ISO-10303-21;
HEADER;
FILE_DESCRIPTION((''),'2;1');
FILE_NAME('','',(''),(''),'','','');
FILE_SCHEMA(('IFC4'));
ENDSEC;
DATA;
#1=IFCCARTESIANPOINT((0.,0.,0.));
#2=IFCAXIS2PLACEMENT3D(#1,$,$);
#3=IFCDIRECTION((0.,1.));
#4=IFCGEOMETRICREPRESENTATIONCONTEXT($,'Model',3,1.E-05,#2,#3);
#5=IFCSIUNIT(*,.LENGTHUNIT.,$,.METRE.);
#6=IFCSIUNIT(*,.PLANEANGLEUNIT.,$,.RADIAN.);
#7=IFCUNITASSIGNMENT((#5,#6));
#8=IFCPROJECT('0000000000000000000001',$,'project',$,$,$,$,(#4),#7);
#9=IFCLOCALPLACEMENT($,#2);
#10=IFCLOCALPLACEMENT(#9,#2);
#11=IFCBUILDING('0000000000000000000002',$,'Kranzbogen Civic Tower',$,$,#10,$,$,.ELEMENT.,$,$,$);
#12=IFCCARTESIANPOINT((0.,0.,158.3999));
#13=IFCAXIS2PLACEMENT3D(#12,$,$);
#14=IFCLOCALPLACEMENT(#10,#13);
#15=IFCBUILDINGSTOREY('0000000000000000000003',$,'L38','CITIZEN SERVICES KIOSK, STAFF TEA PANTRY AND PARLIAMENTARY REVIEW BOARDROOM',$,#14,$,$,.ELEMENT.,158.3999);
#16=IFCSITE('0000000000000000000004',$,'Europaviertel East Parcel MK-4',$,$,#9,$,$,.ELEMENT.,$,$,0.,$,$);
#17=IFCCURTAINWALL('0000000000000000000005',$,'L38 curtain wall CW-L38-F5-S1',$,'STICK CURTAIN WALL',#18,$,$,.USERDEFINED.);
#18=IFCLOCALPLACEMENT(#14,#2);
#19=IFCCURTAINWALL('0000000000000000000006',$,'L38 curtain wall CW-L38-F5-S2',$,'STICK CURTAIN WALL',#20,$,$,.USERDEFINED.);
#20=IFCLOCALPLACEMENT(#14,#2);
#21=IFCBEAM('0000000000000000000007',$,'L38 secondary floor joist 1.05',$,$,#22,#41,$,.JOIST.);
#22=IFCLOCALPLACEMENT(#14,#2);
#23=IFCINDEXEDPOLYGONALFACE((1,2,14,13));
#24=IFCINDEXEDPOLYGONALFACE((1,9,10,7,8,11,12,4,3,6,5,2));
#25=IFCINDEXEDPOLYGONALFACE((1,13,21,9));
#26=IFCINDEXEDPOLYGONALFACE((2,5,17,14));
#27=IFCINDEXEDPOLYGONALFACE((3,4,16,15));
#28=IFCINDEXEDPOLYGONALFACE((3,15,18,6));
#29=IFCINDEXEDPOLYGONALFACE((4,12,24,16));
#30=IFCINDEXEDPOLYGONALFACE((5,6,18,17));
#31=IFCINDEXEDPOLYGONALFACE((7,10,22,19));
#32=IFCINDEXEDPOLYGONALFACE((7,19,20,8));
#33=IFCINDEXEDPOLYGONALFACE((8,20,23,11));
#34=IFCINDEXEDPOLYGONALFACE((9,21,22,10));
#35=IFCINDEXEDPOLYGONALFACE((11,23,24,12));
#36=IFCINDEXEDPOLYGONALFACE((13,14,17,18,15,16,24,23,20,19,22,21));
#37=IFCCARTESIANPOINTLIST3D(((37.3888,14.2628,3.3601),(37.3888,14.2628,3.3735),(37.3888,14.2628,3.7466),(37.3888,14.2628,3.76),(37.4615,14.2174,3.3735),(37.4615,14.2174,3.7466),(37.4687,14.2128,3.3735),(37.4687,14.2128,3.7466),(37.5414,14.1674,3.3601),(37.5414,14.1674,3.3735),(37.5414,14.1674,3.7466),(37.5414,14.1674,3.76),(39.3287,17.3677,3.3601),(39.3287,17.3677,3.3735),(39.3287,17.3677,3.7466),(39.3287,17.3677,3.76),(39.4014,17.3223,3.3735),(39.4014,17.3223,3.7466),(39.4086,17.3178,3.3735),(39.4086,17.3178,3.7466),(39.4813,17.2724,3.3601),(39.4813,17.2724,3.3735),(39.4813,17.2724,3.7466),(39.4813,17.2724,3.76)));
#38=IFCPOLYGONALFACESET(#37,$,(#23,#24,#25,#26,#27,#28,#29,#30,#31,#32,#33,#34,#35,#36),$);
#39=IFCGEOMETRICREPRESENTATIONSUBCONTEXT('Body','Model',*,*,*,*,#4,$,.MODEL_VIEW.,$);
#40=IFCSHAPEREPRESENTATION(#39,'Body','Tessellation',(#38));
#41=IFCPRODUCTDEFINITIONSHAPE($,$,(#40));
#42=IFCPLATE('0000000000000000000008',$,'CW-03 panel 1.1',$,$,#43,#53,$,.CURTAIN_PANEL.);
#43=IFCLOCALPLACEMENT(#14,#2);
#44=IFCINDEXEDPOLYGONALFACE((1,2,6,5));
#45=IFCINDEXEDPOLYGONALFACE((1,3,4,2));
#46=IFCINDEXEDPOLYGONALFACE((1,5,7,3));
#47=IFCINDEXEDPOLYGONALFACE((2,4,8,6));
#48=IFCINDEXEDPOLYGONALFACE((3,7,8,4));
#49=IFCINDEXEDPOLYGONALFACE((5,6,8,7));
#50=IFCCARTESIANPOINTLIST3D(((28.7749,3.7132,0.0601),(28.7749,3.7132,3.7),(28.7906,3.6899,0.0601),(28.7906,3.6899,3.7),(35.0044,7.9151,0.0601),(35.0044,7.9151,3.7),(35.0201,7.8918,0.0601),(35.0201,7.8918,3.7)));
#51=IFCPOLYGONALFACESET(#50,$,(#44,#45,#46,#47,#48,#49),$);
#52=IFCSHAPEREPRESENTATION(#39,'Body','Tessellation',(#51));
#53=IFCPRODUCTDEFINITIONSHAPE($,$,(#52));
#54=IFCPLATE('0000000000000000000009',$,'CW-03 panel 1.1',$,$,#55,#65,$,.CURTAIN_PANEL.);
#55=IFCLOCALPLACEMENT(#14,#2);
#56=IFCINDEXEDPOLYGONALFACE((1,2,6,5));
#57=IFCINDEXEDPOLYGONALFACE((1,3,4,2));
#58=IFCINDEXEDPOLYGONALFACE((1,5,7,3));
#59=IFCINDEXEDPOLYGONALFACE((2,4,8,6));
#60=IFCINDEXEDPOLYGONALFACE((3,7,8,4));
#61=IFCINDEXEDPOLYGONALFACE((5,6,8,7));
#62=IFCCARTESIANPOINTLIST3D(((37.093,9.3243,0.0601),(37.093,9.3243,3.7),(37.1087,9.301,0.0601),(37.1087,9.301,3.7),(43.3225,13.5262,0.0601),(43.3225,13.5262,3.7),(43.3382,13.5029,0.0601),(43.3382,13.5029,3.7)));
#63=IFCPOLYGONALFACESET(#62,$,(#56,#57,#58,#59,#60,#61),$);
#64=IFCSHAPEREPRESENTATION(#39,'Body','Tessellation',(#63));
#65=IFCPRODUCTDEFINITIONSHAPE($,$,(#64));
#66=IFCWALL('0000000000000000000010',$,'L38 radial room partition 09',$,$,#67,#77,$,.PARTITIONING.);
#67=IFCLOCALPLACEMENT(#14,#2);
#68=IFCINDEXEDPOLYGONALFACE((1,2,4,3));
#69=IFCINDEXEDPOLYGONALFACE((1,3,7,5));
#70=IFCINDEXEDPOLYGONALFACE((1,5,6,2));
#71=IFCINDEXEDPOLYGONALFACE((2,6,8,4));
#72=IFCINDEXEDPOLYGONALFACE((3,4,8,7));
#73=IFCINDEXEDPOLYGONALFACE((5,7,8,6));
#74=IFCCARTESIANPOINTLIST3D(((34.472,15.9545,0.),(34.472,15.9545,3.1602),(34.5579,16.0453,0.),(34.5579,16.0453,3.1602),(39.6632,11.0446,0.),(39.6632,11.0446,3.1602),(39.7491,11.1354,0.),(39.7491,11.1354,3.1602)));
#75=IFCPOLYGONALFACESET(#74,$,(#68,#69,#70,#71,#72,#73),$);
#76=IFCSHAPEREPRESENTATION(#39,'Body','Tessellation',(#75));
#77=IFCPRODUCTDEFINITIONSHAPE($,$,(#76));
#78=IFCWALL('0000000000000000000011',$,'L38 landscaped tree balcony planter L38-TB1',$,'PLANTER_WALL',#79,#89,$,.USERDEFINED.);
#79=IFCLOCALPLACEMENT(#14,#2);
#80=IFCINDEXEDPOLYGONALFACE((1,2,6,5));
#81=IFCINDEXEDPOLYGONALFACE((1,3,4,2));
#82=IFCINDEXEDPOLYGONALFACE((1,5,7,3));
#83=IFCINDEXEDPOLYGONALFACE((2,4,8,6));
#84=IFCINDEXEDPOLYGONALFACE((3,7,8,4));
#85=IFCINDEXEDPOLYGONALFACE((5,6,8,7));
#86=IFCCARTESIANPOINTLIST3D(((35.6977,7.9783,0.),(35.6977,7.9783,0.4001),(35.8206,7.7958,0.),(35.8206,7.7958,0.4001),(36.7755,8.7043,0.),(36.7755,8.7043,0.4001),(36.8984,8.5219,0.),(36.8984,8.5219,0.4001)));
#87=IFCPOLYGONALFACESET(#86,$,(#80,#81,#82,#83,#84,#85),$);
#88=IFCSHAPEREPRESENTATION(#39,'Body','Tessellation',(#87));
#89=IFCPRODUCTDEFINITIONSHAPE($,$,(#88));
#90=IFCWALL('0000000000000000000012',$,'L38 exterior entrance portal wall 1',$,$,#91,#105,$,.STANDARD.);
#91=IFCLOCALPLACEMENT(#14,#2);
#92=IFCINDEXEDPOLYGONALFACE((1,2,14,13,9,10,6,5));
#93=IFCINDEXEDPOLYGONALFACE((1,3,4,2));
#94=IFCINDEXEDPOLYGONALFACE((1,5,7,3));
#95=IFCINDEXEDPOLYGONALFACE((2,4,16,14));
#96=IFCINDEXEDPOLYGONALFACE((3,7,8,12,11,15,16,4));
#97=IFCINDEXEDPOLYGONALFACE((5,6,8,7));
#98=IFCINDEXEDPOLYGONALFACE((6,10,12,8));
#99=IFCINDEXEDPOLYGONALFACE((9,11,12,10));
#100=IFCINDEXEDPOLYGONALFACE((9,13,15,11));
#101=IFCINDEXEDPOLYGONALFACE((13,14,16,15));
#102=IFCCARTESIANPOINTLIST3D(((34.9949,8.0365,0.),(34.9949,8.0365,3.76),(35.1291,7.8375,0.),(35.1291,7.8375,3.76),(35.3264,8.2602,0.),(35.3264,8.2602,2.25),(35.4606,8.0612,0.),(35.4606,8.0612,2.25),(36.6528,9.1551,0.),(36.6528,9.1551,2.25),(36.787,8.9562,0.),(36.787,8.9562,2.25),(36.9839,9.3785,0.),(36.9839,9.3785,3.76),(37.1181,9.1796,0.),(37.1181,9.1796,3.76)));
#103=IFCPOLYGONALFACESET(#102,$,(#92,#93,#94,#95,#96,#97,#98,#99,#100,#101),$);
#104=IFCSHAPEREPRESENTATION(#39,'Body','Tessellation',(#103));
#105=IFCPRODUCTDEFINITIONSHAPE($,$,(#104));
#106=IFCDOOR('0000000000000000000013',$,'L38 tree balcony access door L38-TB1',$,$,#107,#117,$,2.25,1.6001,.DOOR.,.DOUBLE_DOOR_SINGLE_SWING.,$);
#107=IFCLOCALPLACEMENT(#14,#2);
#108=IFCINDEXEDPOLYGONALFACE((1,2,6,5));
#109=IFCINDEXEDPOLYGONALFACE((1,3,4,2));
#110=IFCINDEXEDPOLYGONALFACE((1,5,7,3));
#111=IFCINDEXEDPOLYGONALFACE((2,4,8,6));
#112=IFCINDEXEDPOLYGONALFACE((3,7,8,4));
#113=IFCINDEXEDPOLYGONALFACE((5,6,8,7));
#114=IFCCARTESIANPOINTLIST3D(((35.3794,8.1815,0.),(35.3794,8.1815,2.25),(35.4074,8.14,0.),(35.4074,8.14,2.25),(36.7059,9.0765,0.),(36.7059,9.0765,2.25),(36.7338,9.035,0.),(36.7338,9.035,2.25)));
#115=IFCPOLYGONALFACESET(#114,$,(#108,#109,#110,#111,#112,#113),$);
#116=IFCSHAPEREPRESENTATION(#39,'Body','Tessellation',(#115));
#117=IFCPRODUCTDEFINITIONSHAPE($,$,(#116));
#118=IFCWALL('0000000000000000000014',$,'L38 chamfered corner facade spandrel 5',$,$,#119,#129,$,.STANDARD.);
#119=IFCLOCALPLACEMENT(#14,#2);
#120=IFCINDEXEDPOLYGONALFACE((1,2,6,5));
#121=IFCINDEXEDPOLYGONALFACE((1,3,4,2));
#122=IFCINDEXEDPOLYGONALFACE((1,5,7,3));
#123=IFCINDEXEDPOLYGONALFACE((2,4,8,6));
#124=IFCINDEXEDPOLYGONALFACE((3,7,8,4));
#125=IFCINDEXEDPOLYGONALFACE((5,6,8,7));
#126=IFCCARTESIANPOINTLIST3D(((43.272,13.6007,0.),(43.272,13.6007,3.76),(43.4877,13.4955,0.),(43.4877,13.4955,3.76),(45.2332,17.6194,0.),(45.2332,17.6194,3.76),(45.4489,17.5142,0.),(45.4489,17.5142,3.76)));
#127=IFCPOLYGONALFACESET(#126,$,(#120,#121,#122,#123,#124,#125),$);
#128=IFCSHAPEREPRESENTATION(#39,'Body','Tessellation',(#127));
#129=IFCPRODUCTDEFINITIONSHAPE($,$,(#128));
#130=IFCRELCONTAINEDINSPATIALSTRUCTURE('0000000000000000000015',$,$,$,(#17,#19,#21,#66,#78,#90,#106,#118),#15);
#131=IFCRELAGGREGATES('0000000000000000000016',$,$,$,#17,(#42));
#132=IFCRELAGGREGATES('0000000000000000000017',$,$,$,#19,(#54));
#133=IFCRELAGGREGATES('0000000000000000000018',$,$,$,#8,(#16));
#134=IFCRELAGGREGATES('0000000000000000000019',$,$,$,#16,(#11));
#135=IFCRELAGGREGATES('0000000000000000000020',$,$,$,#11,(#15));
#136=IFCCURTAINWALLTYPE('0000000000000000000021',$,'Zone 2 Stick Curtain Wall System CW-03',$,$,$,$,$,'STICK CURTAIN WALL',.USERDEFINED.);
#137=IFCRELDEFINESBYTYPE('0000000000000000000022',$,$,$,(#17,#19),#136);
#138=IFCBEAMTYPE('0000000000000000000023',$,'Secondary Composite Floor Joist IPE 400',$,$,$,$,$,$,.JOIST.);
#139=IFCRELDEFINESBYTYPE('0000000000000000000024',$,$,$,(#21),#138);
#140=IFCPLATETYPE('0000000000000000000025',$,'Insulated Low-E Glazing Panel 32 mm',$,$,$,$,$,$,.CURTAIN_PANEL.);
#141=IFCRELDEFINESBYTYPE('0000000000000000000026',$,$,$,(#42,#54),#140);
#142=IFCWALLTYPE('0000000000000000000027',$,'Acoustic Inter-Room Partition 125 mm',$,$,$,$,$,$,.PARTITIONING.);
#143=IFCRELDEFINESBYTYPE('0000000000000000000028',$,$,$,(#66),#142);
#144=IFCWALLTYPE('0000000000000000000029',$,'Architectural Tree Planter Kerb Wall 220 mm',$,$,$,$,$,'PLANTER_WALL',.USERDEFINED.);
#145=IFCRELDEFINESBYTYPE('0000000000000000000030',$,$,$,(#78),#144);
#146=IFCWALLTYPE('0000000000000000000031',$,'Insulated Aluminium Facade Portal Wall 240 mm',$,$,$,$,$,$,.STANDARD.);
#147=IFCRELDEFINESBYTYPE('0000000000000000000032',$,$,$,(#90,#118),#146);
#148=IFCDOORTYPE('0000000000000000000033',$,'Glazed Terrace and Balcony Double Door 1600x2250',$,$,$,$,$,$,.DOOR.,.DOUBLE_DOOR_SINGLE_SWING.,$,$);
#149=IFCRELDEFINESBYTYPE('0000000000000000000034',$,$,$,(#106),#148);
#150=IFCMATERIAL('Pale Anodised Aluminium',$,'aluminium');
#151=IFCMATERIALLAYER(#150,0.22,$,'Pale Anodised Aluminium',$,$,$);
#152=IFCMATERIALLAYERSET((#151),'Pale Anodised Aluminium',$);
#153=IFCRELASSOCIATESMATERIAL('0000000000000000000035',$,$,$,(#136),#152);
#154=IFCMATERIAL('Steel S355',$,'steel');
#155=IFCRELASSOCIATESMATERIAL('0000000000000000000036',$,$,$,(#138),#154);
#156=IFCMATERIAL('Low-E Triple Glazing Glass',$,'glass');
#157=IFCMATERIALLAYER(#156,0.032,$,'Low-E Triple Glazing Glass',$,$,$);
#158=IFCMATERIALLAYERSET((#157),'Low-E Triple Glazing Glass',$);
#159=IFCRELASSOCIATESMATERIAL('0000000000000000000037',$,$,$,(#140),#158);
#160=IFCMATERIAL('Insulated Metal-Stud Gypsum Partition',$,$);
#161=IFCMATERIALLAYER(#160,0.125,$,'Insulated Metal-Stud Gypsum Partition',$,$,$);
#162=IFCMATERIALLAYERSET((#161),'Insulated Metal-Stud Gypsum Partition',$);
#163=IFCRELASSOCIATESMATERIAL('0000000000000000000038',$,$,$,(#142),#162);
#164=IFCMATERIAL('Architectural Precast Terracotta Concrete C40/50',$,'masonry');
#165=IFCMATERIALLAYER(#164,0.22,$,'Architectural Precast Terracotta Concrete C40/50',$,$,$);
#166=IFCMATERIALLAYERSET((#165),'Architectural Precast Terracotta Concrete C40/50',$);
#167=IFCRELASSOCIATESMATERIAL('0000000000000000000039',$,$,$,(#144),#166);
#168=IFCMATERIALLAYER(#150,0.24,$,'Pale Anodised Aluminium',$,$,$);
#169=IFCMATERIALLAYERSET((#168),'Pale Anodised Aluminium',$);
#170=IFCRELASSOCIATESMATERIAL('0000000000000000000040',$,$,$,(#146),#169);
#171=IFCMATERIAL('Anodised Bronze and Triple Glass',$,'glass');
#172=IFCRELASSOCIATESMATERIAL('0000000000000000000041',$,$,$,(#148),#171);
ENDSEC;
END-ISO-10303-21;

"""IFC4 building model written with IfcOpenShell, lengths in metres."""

from ifc_helpers import new_model, si_unit, direction, frame, frame_2d, origin, origin_2d, place, context, subcontext, project, spatial, rectangle, i_section, extrude, material, layer, layer_set, material_profile, profile_set, type_object, element, fill, aggregate, save


model = new_model("IFC4")

# Units and contexts
model_context = context("Model", 3, precision=1e-05, world=origin(), true_north=direction((0.0, 1.0)))
body_context = subcontext(model_context, "Body", "Model", "MODEL_VIEW")
ifc_project = project(units=[si_unit("LENGTHUNIT", "METRE"), si_unit("PLANEANGLEUNIT", "RADIAN")], contexts=[model_context])

# Site, building, storey
site_placement = place(None, origin())
site = spatial("IfcSite", under=ifc_project, at=site_placement, Name="Europaviertel East Parcel MK-4", CompositionType="ELEMENT", RefElevation=0.0)
building_placement = place(site_placement, origin())
building = spatial("IfcBuilding", under=site, at=building_placement, Name="Kranzbogen Civic Tower", CompositionType="ELEMENT")
storey_placement = place(building_placement, frame((0.0, 0.0, 158.3999)))
storey = spatial("IfcBuildingStorey", under=building, at=storey_placement, Name="L38", Description="CITIZEN SERVICES KIOSK, STAFF TEA PANTRY AND PARLIAMENTARY REVIEW BOARDROOM", CompositionType="ELEMENT", Elevation=158.3999)

# Shared definitions
ifc_material_1 = material(Name="Steel S355", Category="steel")

# Curtain wall
ifc_material_2 = material(Name="Pale Anodised Aluminium", Category="aluminium")
ifc_layer_1 = layer(ifc_material_2, 0.22, Name="Pale Anodised Aluminium")
ifc_layer_set_1 = layer_set([ifc_layer_1], Name="Pale Anodised Aluminium")
curtain_wall_type = type_object("IfcCurtainWallType", Name="Zone 2 Stick Curtain Wall System CW-03", ElementType="STICK CURTAIN WALL", PredefinedType="USERDEFINED", material=ifc_layer_set_1)
curtain_wall_1_placement = place(storey_placement, origin())
curtain_wall_1 = element("IfcCurtainWall", 1, at=curtain_wall_1_placement, inside=storey, type_object=curtain_wall_type, Name="L38 curtain wall CW-L38-F5-S1", ObjectType="STICK CURTAIN WALL", PredefinedType="USERDEFINED")

# Curtain wall
curtain_wall_2_placement = place(storey_placement, origin())
curtain_wall_2 = element("IfcCurtainWall", 2, at=curtain_wall_2_placement, inside=storey, type_object=curtain_wall_type, Name="L38 curtain wall CW-L38-F5-S2", ObjectType="STICK CURTAIN WALL", PredefinedType="USERDEFINED")

# Beam
ifc_material_profile_1 = material_profile(ifc_material_1, i_section(OverallWidth=0.1799, OverallDepth=0.3999, WebThickness=0.0085, FlangeThickness=0.0134, at=origin_2d()), Name="IPE 400")
ifc_profile_set_1 = profile_set([ifc_material_profile_1], Name="Steel S355")
beam_type_1 = type_object("IfcBeamType", Name="Secondary Composite Floor Joist IPE 400", PredefinedType="JOIST", material=ifc_profile_set_1)
beam_1_placement = place(storey_placement, frame((37.4651, 14.2151, 3.5601), z_axis=(0.529867, 0.848081, 0.0), x_axis=(-0.848081, 0.529867, 0.0)))
element("IfcBeam", 3, at=beam_1_placement, inside=storey, type_object=beam_type_1, Name="L38 secondary floor joist 1.05", PredefinedType="JOIST", context=body_context, shape_type="SweptSolid", body=[
    extrude(i_section(OverallWidth=0.1799, OverallDepth=0.3999, WebThickness=0.0085, FlangeThickness=0.0134, at=origin_2d()), origin(), (0.0, 0.0, 1.0), 3.6611),
])

# Plates
ifc_material_3 = material(Name="Low-E Triple Glazing Glass", Category="glass")
ifc_layer_2 = layer(ifc_material_3, 0.032, Name="Low-E Triple Glazing Glass")
ifc_layer_set_2 = layer_set([ifc_layer_2], Name="Low-E Triple Glazing Glass")
plate_type = type_object("IfcPlateType", Name="Insulated Low-E Glazing Panel 32 mm", PredefinedType="CURTAIN_PANEL", material=ifc_layer_set_2)
plate_1_placement = place(storey_placement, frame((31.8975, 5.8025, 0.0601), z_axis=(0.0, 0.0, 1.0), x_axis=(0.829035, 0.559196, 0.0)))
plate_1 = element("IfcPlate", 4, at=plate_1_placement, type_object=plate_type, Name="CW-03 panel 1.1", PredefinedType="CURTAIN_PANEL", context=body_context, shape_type="SweptSolid", body=[
    extrude(rectangle(XDim=7.5142, YDim=0.0281, at=origin_2d()), origin(), (0.0, 0.0, 1.0), 3.6399),
])
aggregate(curtain_wall_1, [plate_1])
plate_2_placement = place(storey_placement, frame((40.2156, 11.4136, 0.0601), z_axis=(0.0, 0.0, 1.0), x_axis=(0.829035, 0.559196, 0.0)))
plate_2 = element("IfcPlate", 5, at=plate_2_placement, type_object=plate_type, Name="CW-03 panel 1.1", PredefinedType="CURTAIN_PANEL", context=body_context, shape_type="SweptSolid", body=[
    extrude(rectangle(XDim=7.5142, YDim=0.0281, at=origin_2d()), origin(), (0.0, 0.0, 1.0), 3.6399),
])
aggregate(curtain_wall_2, [plate_2])

# Walls
ifc_material_4 = material(Name="Insulated Metal-Stud Gypsum Partition")
ifc_layer_3 = layer(ifc_material_4, 0.125, Name="Insulated Metal-Stud Gypsum Partition")
ifc_layer_set_3 = layer_set([ifc_layer_3], Name="Insulated Metal-Stud Gypsum Partition")
wall_type_1 = type_object("IfcWallType", Name="Acoustic Inter-Room Partition 125 mm", PredefinedType="PARTITIONING", material=ifc_layer_set_3)
wall_1_placement = place(storey_placement, frame((34.5149, 16.0, 0.0), z_axis=(0.0, 0.0, 1.0), x_axis=(0.726514, -0.687152, 0.0)))
element("IfcWall", 6, at=wall_1_placement, inside=storey, type_object=wall_type_1, Name="L38 radial room partition 09", PredefinedType="PARTITIONING", context=body_context, shape_type="SweptSolid", body=[
    extrude(rectangle(XDim=7.1453, YDim=0.125, at=frame_2d((3.5728, 0.0))), origin(), (0.0, 0.0, 1.0), 3.1602),
])
ifc_material_5 = material(Name="Architectural Precast Terracotta Concrete C40/50", Category="masonry")
ifc_layer_4 = layer(ifc_material_5, 0.22, Name="Architectural Precast Terracotta Concrete C40/50")
ifc_layer_set_4 = layer_set([ifc_layer_4], Name="Architectural Precast Terracotta Concrete C40/50")
wall_type_2 = type_object("IfcWallType", Name="Architectural Tree Planter Kerb Wall 220 mm", ElementType="PLANTER_WALL", PredefinedType="USERDEFINED", material=ifc_layer_set_4)
wall_2_placement = place(storey_placement, frame((35.759, 7.887, 0.0), z_axis=(0.0, 0.0, 1.0), x_axis=(0.829382, 0.558682, 0.0)))
element("IfcWall", 7, at=wall_2_placement, inside=storey, type_object=wall_type_2, Name="L38 landscaped tree balcony planter L38-TB1", ObjectType="PLANTER_WALL", PredefinedType="USERDEFINED", context=body_context, shape_type="SweptSolid", body=[
    extrude(rectangle(XDim=1.2996, YDim=0.22, at=frame_2d((0.6499, 0.0))), origin(), (0.0, 0.0, 1.0), 0.4001),
])

# Wall, opening, door
ifc_layer_5 = layer(ifc_material_2, 0.24, Name="Pale Anodised Aluminium")
ifc_layer_set_5 = layer_set([ifc_layer_5], Name="Pale Anodised Aluminium")
wall_type_3 = type_object("IfcWallType", Name="Insulated Aluminium Facade Portal Wall 240 mm", PredefinedType="STANDARD", material=ifc_layer_set_5)
wall_3_placement = place(storey_placement, frame((35.062, 7.937, 0.0), z_axis=(0.0, 0.0, 1.0), x_axis=(0.828954, 0.559317, 0.0)))
wall_3 = element("IfcWall", 8, at=wall_3_placement, inside=storey, type_object=wall_type_3, Name="L38 exterior entrance portal wall 1", PredefinedType="STANDARD", context=body_context, shape_type="SweptSolid", body=[
    extrude(rectangle(XDim=2.3994, YDim=0.24, at=frame_2d((1.1997, 0.0))), origin(), (0.0, 0.0, 1.0), 3.76),
])
opening_placement = place(wall_3_placement, frame((0.3999, 0.0, 0.0)))
opening = element("IfcOpeningElement", 9, at=opening_placement, cuts=wall_3, PredefinedType="OPENING", context=body_context, shape_type="SweptSolid", body=[
    extrude(rectangle(XDim=1.6001, YDim=2.25, at=frame_2d((0.8, 1.125))), frame((0.0, 0.1299, 0.0), z_axis=(0.0, -1.0, 0.0), x_axis=(1.0, 0.0, 0.0)), (0.0, 0.0, 1.0), 0.26),
])
ifc_material_6 = material(Name="Anodised Bronze and Triple Glass", Category="glass")
door_type = type_object("IfcDoorType", Name="Glazed Terrace and Balcony Double Door 1600x2250", OperationType="DOUBLE_DOOR_SINGLE_SWING", PredefinedType="DOOR", material=ifc_material_6)
door_placement = place(opening_placement, frame((1.6001, 0.0, 0.0), z_axis=(0.0, 0.0, 1.0), x_axis=(-1.0, 0.0, 0.0)))
door = element("IfcDoor", 10, at=door_placement, inside=storey, type_object=door_type, Name="L38 tree balcony access door L38-TB1", OperationType="DOUBLE_DOOR_SINGLE_SWING", OverallHeight=2.25, OverallWidth=1.6001, PredefinedType="DOOR", context=body_context, shape_type="SweptSolid", body=[
    extrude(rectangle(XDim=1.6001, YDim=2.25, at=frame_2d((0.8, 1.125))), frame((0.0, 0.0249, 0.0), z_axis=(0.0, -1.0, 0.0), x_axis=(1.0, 0.0, 0.0)), (0.0, 0.0, 1.0), 0.05),
])
fill(opening, door)

# Wall
wall_4_placement = place(storey_placement, frame((43.3799, 13.5481, 0.0), z_axis=(0.0, 0.0, 1.0), x_axis=(0.438567, 0.898699, 0.0)))
element("IfcWall", 11, at=wall_4_placement, inside=storey, type_object=wall_type_3, Name="L38 chamfered corner facade spandrel 5", PredefinedType="STANDARD", context=body_context, shape_type="SweptSolid", body=[
    extrude(rectangle(XDim=4.4717, YDim=0.24, at=frame_2d((2.2358, 0.0))), origin(), (0.0, 0.0, 1.0), 3.76),
])

save(model, "model.ifc")
